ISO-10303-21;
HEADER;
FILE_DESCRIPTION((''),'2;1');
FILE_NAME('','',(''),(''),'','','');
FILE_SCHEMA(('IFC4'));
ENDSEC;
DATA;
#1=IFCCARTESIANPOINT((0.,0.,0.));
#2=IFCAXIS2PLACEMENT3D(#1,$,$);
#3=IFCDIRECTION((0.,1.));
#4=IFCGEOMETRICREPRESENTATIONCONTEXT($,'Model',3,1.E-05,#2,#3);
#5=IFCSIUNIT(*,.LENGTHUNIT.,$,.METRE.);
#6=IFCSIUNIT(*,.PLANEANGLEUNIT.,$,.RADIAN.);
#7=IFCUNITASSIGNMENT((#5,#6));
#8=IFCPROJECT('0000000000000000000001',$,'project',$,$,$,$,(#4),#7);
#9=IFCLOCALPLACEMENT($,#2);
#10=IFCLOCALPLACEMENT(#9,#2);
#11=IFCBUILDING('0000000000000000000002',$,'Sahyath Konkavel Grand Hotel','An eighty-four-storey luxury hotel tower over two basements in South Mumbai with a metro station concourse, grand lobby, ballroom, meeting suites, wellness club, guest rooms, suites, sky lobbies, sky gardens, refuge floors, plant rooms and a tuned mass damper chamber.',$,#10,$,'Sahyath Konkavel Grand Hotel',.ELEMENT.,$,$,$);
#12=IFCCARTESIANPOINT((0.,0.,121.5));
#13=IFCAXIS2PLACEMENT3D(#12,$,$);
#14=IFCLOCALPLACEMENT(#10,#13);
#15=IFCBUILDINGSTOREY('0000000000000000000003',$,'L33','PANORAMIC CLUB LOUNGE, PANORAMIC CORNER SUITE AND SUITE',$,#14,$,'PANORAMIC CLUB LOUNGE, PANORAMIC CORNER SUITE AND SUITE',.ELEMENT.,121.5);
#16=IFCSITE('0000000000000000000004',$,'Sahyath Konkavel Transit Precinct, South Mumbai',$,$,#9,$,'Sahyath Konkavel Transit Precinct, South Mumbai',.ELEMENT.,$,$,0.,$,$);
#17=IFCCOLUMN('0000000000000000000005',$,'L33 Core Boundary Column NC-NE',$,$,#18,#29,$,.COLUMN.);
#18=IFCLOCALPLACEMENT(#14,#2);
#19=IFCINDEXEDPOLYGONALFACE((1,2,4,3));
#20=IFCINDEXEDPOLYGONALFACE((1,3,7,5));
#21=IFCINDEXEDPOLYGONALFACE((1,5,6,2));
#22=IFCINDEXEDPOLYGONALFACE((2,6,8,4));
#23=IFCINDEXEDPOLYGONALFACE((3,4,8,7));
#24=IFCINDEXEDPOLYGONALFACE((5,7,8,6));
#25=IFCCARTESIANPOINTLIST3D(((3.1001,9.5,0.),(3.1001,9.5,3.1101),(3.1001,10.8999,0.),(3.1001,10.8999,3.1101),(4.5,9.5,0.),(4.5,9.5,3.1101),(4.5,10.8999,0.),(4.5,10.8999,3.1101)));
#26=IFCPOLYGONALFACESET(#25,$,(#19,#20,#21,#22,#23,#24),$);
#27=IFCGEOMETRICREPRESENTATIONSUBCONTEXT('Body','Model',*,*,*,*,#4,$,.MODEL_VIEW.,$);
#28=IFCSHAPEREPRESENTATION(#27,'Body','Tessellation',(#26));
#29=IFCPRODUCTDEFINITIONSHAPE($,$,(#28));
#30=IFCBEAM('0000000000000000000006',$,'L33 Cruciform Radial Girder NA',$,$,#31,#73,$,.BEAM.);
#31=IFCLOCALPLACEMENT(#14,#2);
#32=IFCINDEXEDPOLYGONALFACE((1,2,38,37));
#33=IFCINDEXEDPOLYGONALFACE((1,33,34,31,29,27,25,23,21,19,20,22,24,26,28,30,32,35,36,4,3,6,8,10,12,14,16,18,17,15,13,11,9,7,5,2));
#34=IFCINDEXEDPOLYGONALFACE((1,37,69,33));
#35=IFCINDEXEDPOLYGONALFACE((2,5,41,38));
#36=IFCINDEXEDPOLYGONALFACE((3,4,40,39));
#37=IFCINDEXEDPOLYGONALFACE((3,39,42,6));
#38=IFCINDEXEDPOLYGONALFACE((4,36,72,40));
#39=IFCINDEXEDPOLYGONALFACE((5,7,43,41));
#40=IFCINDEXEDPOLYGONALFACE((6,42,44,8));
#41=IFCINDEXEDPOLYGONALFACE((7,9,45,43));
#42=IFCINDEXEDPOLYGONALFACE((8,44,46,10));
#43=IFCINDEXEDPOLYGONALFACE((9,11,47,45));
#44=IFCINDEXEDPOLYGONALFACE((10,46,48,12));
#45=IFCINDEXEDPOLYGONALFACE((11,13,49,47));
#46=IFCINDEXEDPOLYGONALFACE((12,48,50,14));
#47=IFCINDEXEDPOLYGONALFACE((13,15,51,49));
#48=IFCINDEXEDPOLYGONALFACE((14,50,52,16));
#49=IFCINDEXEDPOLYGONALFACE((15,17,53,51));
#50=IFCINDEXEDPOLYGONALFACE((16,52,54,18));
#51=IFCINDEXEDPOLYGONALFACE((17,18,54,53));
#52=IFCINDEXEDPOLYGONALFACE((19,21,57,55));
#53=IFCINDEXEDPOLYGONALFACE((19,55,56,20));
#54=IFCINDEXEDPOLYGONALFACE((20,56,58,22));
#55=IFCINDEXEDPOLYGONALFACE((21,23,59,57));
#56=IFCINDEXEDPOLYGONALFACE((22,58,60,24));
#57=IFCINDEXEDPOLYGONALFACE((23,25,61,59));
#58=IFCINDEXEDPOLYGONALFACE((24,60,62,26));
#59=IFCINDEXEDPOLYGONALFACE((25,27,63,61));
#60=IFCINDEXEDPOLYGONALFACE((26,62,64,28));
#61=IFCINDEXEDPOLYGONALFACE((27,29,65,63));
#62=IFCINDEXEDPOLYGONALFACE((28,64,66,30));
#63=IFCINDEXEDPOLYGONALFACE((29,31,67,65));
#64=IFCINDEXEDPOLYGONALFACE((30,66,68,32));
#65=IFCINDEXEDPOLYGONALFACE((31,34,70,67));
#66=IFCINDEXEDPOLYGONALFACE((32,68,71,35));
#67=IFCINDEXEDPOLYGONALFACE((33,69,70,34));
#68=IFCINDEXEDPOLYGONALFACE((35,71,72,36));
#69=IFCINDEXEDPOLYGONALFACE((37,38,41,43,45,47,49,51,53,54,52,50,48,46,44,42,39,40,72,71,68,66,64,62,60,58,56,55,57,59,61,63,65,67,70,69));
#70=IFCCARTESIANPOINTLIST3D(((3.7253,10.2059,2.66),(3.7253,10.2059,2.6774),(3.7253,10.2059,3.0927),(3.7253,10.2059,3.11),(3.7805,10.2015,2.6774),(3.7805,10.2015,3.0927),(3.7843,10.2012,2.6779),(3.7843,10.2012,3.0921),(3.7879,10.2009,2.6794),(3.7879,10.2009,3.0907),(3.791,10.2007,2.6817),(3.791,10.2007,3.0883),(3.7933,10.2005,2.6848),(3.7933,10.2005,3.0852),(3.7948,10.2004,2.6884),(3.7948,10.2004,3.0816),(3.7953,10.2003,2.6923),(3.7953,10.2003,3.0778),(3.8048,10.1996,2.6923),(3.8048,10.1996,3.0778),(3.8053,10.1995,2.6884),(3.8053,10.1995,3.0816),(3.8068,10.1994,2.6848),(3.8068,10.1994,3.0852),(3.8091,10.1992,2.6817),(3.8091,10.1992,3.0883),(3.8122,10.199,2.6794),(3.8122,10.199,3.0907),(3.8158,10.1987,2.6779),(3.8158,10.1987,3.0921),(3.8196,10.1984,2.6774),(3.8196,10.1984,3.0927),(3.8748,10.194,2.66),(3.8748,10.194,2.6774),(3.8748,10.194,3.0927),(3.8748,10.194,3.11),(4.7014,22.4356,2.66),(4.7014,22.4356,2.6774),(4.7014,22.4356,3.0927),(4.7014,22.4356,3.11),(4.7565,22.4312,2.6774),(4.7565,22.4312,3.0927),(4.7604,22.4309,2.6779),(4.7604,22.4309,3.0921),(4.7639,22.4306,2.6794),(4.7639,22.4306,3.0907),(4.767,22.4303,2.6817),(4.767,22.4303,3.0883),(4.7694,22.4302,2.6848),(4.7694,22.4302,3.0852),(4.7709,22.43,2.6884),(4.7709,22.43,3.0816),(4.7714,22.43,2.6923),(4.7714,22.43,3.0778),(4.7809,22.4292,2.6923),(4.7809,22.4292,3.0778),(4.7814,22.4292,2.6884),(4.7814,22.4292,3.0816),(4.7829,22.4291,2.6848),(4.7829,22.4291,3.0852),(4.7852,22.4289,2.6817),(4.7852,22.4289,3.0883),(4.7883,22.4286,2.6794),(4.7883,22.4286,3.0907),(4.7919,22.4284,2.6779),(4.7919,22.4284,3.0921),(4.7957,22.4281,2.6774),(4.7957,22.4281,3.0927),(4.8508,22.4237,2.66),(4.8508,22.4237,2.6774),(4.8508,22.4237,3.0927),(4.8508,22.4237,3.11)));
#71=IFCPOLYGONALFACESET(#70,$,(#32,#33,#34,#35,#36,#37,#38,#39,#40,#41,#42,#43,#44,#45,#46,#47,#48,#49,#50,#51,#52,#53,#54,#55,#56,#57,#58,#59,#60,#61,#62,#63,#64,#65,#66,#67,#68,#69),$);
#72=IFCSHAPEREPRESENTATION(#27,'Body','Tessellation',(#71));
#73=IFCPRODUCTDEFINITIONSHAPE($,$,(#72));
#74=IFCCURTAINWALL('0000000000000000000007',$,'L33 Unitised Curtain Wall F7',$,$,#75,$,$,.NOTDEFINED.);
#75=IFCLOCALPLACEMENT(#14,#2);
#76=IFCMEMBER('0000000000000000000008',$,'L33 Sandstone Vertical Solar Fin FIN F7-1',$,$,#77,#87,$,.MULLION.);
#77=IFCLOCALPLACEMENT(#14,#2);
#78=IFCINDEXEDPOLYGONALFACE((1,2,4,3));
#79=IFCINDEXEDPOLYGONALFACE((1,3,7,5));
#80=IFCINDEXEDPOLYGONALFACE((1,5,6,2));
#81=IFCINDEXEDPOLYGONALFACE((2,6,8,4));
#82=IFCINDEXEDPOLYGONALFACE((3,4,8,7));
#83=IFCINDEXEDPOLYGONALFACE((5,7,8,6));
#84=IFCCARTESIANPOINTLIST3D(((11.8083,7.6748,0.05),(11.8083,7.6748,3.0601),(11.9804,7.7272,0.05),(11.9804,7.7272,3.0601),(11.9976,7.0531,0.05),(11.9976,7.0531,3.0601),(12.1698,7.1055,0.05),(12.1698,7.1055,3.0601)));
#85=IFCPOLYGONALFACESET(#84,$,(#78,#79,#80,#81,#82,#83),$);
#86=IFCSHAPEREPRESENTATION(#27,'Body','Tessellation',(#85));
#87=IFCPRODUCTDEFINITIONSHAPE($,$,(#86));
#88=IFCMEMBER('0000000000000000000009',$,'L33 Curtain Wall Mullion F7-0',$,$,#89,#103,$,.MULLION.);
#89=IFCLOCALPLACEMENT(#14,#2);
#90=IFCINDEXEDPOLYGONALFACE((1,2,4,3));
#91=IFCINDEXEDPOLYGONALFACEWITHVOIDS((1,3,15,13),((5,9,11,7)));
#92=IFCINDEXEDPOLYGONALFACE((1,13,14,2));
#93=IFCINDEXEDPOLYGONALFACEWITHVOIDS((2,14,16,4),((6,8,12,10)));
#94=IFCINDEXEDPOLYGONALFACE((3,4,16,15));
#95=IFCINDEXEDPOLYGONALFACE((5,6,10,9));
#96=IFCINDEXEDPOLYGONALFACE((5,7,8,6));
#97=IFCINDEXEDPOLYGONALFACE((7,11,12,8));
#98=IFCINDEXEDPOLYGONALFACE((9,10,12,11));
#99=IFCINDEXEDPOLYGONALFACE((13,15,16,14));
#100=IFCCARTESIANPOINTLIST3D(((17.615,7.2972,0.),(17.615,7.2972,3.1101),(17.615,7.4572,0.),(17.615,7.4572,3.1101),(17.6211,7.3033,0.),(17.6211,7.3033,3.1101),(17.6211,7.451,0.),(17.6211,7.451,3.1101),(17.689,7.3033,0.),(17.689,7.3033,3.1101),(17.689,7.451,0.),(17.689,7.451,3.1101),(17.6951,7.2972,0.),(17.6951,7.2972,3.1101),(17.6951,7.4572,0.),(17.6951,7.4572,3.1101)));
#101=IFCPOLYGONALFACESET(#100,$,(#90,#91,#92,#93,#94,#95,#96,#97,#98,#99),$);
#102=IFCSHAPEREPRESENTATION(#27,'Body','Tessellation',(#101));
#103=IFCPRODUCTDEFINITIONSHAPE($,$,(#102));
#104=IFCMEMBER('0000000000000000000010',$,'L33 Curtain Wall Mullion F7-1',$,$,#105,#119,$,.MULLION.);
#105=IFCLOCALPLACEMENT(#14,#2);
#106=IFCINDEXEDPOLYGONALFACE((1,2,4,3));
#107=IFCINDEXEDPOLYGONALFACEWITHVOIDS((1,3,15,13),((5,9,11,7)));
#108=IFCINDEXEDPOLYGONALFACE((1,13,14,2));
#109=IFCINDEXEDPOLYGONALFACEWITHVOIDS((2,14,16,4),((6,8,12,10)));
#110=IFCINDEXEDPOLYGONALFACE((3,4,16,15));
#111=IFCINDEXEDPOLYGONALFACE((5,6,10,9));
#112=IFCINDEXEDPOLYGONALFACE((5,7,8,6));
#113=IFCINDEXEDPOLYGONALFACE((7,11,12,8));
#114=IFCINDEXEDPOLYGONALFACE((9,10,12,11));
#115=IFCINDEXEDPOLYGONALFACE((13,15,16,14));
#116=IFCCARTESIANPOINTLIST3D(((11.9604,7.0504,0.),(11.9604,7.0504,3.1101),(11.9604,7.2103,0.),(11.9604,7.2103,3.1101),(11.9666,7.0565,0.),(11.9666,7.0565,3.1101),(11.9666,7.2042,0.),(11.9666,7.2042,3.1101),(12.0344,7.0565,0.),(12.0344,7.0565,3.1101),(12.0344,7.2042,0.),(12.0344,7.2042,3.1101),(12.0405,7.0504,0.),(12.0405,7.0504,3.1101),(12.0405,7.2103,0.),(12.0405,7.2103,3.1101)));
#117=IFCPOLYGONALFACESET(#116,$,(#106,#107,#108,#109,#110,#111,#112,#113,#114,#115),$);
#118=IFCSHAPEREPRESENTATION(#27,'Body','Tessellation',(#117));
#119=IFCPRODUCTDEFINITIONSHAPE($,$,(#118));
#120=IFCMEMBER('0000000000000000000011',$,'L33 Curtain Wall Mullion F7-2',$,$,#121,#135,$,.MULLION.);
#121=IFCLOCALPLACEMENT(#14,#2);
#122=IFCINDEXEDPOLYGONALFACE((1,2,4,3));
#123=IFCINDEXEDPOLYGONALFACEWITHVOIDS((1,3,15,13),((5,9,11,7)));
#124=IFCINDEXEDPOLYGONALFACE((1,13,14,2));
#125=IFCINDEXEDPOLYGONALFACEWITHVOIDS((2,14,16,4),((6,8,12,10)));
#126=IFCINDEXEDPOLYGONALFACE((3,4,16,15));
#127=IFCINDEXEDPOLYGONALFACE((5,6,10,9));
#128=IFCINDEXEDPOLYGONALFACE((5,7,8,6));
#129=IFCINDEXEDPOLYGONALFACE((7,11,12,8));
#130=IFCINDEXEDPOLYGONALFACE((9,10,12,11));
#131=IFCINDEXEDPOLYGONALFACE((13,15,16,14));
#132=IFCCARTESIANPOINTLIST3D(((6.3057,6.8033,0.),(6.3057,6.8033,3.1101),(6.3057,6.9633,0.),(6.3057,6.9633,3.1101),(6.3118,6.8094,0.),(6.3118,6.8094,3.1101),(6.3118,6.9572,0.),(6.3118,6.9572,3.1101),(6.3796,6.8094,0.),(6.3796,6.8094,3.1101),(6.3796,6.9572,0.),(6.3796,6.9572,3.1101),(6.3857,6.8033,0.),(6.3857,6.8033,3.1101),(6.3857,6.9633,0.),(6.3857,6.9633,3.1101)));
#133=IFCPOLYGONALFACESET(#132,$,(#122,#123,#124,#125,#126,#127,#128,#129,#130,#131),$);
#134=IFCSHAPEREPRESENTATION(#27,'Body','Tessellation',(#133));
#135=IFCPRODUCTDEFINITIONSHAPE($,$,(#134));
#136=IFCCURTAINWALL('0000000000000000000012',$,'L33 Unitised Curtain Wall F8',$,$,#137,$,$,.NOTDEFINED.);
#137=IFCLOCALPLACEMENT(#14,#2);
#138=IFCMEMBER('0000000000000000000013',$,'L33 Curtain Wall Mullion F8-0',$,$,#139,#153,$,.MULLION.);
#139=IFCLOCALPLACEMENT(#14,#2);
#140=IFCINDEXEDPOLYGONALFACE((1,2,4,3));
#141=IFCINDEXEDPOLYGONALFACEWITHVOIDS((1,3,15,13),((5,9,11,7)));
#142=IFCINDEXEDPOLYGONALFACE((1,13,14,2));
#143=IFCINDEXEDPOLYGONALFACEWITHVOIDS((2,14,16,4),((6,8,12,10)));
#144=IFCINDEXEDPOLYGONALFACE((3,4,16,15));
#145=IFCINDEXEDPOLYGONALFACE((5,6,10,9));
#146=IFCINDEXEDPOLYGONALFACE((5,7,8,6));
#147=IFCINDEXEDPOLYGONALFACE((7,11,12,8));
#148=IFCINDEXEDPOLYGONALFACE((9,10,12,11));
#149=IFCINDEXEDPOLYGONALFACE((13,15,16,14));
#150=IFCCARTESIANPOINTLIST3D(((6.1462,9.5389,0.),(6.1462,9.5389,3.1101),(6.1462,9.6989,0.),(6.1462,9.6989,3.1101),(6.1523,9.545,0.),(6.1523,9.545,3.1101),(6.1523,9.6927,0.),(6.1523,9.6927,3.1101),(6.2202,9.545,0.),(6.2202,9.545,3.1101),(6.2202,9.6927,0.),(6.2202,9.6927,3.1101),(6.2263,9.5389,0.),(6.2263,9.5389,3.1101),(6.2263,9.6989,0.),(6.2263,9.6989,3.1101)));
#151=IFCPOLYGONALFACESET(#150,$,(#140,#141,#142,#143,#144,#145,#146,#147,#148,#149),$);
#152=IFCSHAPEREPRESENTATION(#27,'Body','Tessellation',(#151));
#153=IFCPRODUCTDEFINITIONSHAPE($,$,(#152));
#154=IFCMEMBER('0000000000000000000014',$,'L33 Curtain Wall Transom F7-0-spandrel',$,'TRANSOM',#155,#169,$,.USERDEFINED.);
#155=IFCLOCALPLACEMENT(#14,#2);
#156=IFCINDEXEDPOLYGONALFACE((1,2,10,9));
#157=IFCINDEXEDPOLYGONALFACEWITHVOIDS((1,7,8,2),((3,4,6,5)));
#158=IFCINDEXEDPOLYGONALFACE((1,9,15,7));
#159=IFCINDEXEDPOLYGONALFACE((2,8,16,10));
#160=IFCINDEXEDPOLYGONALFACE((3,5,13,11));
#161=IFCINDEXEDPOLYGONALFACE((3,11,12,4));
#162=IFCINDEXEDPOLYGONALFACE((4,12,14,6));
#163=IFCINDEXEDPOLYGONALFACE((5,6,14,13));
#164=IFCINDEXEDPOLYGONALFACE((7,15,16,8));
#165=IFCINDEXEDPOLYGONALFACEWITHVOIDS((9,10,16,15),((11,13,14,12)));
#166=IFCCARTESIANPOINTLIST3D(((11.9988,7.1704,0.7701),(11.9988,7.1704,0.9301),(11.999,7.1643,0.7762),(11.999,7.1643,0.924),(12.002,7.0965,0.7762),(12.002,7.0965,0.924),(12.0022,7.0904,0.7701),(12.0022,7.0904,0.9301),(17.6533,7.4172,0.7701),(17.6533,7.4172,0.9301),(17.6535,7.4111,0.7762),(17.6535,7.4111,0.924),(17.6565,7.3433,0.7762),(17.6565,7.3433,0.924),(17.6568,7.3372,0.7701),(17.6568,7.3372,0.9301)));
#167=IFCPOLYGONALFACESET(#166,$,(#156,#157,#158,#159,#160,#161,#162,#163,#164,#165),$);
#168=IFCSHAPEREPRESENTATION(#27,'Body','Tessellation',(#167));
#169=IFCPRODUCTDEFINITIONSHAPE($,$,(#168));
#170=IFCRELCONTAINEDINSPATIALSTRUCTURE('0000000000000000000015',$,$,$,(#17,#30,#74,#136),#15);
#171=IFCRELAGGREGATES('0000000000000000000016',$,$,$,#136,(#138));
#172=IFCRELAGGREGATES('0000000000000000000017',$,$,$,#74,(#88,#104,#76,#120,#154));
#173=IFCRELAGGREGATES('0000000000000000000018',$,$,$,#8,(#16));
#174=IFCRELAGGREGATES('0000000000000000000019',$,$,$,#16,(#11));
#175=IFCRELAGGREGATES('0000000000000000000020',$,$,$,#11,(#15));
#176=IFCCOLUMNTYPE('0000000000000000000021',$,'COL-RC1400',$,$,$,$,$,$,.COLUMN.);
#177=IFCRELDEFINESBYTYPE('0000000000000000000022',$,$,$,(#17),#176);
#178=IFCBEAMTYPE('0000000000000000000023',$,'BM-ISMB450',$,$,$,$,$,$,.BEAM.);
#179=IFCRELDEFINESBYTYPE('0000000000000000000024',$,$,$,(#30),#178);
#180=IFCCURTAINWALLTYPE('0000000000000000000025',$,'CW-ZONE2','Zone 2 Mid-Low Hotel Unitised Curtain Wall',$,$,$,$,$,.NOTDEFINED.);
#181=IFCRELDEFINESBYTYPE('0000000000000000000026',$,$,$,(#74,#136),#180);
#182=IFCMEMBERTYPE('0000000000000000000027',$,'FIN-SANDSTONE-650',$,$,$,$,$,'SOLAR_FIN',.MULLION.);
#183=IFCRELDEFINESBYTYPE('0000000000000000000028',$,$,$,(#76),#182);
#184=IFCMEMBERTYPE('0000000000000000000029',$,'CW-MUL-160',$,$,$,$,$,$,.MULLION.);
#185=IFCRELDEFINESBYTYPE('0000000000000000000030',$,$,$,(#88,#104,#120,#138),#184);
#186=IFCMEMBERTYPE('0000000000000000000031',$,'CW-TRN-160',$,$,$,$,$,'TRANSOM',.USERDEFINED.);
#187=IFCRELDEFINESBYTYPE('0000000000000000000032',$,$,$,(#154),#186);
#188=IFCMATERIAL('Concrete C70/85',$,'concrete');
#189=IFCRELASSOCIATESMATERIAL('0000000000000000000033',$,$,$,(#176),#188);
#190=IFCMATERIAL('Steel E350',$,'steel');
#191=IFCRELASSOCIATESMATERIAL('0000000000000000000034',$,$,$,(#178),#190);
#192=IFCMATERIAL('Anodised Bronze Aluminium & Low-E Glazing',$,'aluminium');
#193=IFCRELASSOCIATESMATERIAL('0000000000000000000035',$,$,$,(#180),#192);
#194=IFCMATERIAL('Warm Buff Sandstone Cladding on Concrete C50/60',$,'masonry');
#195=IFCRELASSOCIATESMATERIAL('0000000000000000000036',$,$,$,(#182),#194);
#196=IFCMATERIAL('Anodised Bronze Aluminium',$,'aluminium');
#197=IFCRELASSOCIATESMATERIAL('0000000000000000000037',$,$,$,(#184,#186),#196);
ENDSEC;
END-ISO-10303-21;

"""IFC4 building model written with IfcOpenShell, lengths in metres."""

from ifc_helpers import new_model, si_unit, direction, frame, origin, origin_2d, place, context, subcontext, project, spatial, rectangle, hollow_rectangle, i_section, extrude, source, transform, mapped, material, material_profile, profile_set, type_object, element, aggregate, save


model = new_model("IFC4")

# Units and contexts
model_context = context("Model", 3, precision=1e-05, world=origin(), true_north=direction((0.0, 1.0)))
body_context = subcontext(model_context, "Body", "Model", "MODEL_VIEW")
ifc_project = project(units=[si_unit("LENGTHUNIT", "METRE"), si_unit("PLANEANGLEUNIT", "RADIAN")], contexts=[model_context])

# Site, building, storey
site_placement = place(None, origin())
site = spatial("IfcSite", under=ifc_project, at=site_placement, Name="Sahyath Konkavel Transit Precinct, South Mumbai", LongName="Sahyath Konkavel Transit Precinct, South Mumbai", CompositionType="ELEMENT", RefElevation=0.0)
building_placement = place(site_placement, origin())
building = spatial("IfcBuilding", under=site, at=building_placement, Name="Sahyath Konkavel Grand Hotel", Description="An eighty-four-storey luxury hotel tower over two basements in South Mumbai with a metro station concourse, grand lobby, ballroom, meeting suites, wellness club, guest rooms, suites, sky lobbies, sky gardens, refuge floors, plant rooms and a tuned mass damper chamber.", LongName="Sahyath Konkavel Grand Hotel", CompositionType="ELEMENT")
storey_placement = place(building_placement, frame((0.0, 0.0, 121.5)))
storey = spatial("IfcBuildingStorey", under=building, at=storey_placement, Name="L33", Description="PANORAMIC CLUB LOUNGE, PANORAMIC CORNER SUITE AND SUITE", LongName="PANORAMIC CLUB LOUNGE, PANORAMIC CORNER SUITE AND SUITE", CompositionType="ELEMENT", Elevation=121.5)

# Column
ifc_material_1 = material(Name="Concrete C70/85", Category="concrete")
ifc_material_profile_1 = material_profile(ifc_material_1, rectangle(XDim=1.3999, YDim=1.3999, at=origin_2d()), Name="RC 1400x1400")
ifc_profile_set_1 = profile_set([ifc_material_profile_1], Name="Concrete C70/85")
column_type = type_object("IfcColumnType", Name="COL-RC1400", PredefinedType="COLUMN", material=ifc_profile_set_1)
shared_shape_1 = source(origin(), body_context, "Body", "SweptSolid", [
    extrude(rectangle(XDim=1.3999, YDim=1.3999, at=origin_2d()), origin(), (0.0, 0.0, 1.0), 3.1101),
])
column_placement = place(storey_placement, frame((3.8, 10.2, 0.0), z_axis=(0.0, 0.0, 1.0), x_axis=(1.0, 0.0, 0.0)))
element("IfcColumn", 1, at=column_placement, inside=storey, type_object=column_type, Name="L33 Core Boundary Column NC-NE", PredefinedType="COLUMN", context=body_context, shape_type="MappedRepresentation", body=[
    mapped(shared_shape_1, transform((0.0, 0.0, 0.0), scale=1.0)),
])

# Beam
ifc_material_2 = material(Name="Steel E350", Category="steel")
ifc_material_profile_2 = material_profile(ifc_material_2, i_section(OverallWidth=0.1499, OverallDepth=0.45, WebThickness=0.0095, FlangeThickness=0.0173, FilletRadius=0.0149, at=origin_2d()), Name="ISMB 450")
ifc_profile_set_2 = profile_set([ifc_material_profile_2], Name="Steel E350")
beam_type = type_object("IfcBeamType", Name="BM-ISMB450", PredefinedType="BEAM", material=ifc_profile_set_2)
shared_shape_2 = source(origin(), body_context, "Body", "SweptSolid", [
    extrude(i_section(OverallWidth=0.1499, OverallDepth=0.45, WebThickness=0.0095, FlangeThickness=0.0173, FilletRadius=0.0149, at=origin_2d()), origin(), (0.0, 0.0, 1.0), 12.2686),
])
beam_placement = place(storey_placement, frame((3.8, 10.2, 2.885), z_axis=(0.079559, 0.99683, 0.0), x_axis=(-0.99683, 0.079559, 0.0)))
element("IfcBeam", 2, at=beam_placement, inside=storey, type_object=beam_type, Name="L33 Cruciform Radial Girder NA", PredefinedType="BEAM", context=body_context, shape_type="MappedRepresentation", body=[
    mapped(shared_shape_2, transform((0.0, 0.0, 0.0), scale=1.0)),
])

# Curtain wall, members
ifc_material_3 = material(Name="Anodised Bronze Aluminium & Low-E Glazing", Category="aluminium")
curtain_wall_type = type_object("IfcCurtainWallType", Name="CW-ZONE2", Description="Zone 2 Mid-Low Hotel Unitised Curtain Wall", PredefinedType="NOTDEFINED", material=ifc_material_3)
curtain_wall_1_placement = place(storey_placement, origin())
curtain_wall_1 = element("IfcCurtainWall", 3, at=curtain_wall_1_placement, inside=storey, type_object=curtain_wall_type, Name="L33 Unitised Curtain Wall F7", PredefinedType="NOTDEFINED")
ifc_material_4 = material(Name="Warm Buff Sandstone Cladding on Concrete C50/60", Category="masonry")
ifc_material_profile_3 = material_profile(ifc_material_4, rectangle(XDim=0.1799, YDim=0.6499, at=origin_2d()), Name="FIN 180x650")
ifc_profile_set_3 = profile_set([ifc_material_profile_3], Name="Warm Buff Sandstone Cladding on Concrete C50/60")
member_type_1 = type_object("IfcMemberType", Name="FIN-SANDSTONE-650", ElementType="SOLAR_FIN", PredefinedType="MULLION", material=ifc_profile_set_3)
shared_shape_3 = source(origin(), body_context, "Body", "SweptSolid", [
    extrude(rectangle(XDim=0.1799, YDim=0.6499, at=origin_2d()), origin(), (0.0, 0.0, 1.0), 3.01),
])
member_1_placement = place(storey_placement, frame((11.989, 7.3901, 0.05), z_axis=(0.0, 0.0, 1.0), x_axis=(0.95661, 0.29137, 0.0)))
member_1 = element("IfcMember", 4, at=member_1_placement, type_object=member_type_1, Name="L33 Sandstone Vertical Solar Fin FIN F7-1", PredefinedType="MULLION", context=body_context, shape_type="MappedRepresentation", body=[
    mapped(shared_shape_3, transform((0.0, 0.0, 0.0), scale=1.0)),
])
ifc_material_5 = material(Name="Anodised Bronze Aluminium", Category="aluminium")
ifc_material_profile_4 = material_profile(ifc_material_5, hollow_rectangle(XDim=0.0801, YDim=0.1599, WallThickness=0.0061, at=origin_2d()), Name="RHS 160x80x6")
ifc_profile_set_4 = profile_set([ifc_material_profile_4], Name="Anodised Bronze Aluminium")
member_type_2 = type_object("IfcMemberType", Name="CW-MUL-160", PredefinedType="MULLION", material=ifc_profile_set_4)
shared_shape_4 = source(origin(), body_context, "Body", "SweptSolid", [
    extrude(hollow_rectangle(XDim=0.0801, YDim=0.1599, WallThickness=0.0061, at=origin_2d()), origin(), (0.0, 0.0, 1.0), 3.1101),
])
member_2_placement = place(storey_placement, frame((17.655, 7.3772, 0.0), z_axis=(0.0, 0.0, 1.0), x_axis=(1.0, 0.0, 0.0)))
member_2 = element("IfcMember", 5, at=member_2_placement, type_object=member_type_2, Name="L33 Curtain Wall Mullion F7-0", PredefinedType="MULLION", context=body_context, shape_type="MappedRepresentation", body=[
    mapped(shared_shape_4, transform((0.0, 0.0, 0.0), scale=1.0)),
])
member_3_placement = place(storey_placement, frame((12.0005, 7.1304, 0.0), z_axis=(0.0, 0.0, 1.0), x_axis=(1.0, 0.0, 0.0)))
member_3 = element("IfcMember", 6, at=member_3_placement, type_object=member_type_2, Name="L33 Curtain Wall Mullion F7-1", PredefinedType="MULLION", context=body_context, shape_type="MappedRepresentation", body=[
    mapped(shared_shape_4, transform((0.0, 0.0, 0.0), scale=1.0)),
])
member_4_placement = place(storey_placement, frame((6.3457, 6.8833, 0.0), z_axis=(0.0, 0.0, 1.0), x_axis=(1.0, 0.0, 0.0)))
member_4 = element("IfcMember", 7, at=member_4_placement, type_object=member_type_2, Name="L33 Curtain Wall Mullion F7-2", PredefinedType="MULLION", context=body_context, shape_type="MappedRepresentation", body=[
    mapped(shared_shape_4, transform((0.0, 0.0, 0.0), scale=1.0)),
])

# Curtain wall, member
curtain_wall_2_placement = place(storey_placement, origin())
curtain_wall_2 = element("IfcCurtainWall", 8, at=curtain_wall_2_placement, inside=storey, type_object=curtain_wall_type, Name="L33 Unitised Curtain Wall F8", PredefinedType="NOTDEFINED")
member_5_placement = place(storey_placement, frame((6.1863, 9.6189, 0.0), z_axis=(0.0, 0.0, 1.0), x_axis=(1.0, 0.0, 0.0)))
member_5 = element("IfcMember", 9, at=member_5_placement, type_object=member_type_2, Name="L33 Curtain Wall Mullion F8-0", PredefinedType="MULLION", context=body_context, shape_type="MappedRepresentation", body=[
    mapped(shared_shape_4, transform((0.0, 0.0, 0.0), scale=1.0)),
])

# Member
ifc_material_profile_5 = material_profile(ifc_material_5, hollow_rectangle(XDim=0.0801, YDim=0.1599, WallThickness=0.0061, at=origin_2d()), Name="RHS 160x80x6")
ifc_profile_set_5 = profile_set([ifc_material_profile_5], Name="Anodised Bronze Aluminium")
member_type_3 = type_object("IfcMemberType", Name="CW-TRN-160", ElementType="TRANSOM", PredefinedType="USERDEFINED", material=ifc_profile_set_5)
shared_shape_5 = source(origin(), body_context, "Body", "SweptSolid", [
    extrude(hollow_rectangle(XDim=0.0801, YDim=0.1599, WallThickness=0.0061, at=origin_2d()), origin(), (0.0, 0.0, 1.0), 5.6599),
])
member_6_placement = place(storey_placement, frame((17.655, 7.3772, 0.8501), z_axis=(-0.999049, -0.043609, 0.0), x_axis=(0.043609, -0.999049, 0.0)))
member_6 = element("IfcMember", 10, at=member_6_placement, type_object=member_type_3, Name="L33 Curtain Wall Transom F7-0-spandrel", ObjectType="TRANSOM", PredefinedType="USERDEFINED", context=body_context, shape_type="MappedRepresentation", body=[
    mapped(shared_shape_5, transform((0.0, 0.0, 0.0), scale=1.0)),
])
aggregate(curtain_wall_2, [member_5])

aggregate(curtain_wall_1, [member_2, member_3, member_1, member_4, member_6])

save(model, "model.ifc")
